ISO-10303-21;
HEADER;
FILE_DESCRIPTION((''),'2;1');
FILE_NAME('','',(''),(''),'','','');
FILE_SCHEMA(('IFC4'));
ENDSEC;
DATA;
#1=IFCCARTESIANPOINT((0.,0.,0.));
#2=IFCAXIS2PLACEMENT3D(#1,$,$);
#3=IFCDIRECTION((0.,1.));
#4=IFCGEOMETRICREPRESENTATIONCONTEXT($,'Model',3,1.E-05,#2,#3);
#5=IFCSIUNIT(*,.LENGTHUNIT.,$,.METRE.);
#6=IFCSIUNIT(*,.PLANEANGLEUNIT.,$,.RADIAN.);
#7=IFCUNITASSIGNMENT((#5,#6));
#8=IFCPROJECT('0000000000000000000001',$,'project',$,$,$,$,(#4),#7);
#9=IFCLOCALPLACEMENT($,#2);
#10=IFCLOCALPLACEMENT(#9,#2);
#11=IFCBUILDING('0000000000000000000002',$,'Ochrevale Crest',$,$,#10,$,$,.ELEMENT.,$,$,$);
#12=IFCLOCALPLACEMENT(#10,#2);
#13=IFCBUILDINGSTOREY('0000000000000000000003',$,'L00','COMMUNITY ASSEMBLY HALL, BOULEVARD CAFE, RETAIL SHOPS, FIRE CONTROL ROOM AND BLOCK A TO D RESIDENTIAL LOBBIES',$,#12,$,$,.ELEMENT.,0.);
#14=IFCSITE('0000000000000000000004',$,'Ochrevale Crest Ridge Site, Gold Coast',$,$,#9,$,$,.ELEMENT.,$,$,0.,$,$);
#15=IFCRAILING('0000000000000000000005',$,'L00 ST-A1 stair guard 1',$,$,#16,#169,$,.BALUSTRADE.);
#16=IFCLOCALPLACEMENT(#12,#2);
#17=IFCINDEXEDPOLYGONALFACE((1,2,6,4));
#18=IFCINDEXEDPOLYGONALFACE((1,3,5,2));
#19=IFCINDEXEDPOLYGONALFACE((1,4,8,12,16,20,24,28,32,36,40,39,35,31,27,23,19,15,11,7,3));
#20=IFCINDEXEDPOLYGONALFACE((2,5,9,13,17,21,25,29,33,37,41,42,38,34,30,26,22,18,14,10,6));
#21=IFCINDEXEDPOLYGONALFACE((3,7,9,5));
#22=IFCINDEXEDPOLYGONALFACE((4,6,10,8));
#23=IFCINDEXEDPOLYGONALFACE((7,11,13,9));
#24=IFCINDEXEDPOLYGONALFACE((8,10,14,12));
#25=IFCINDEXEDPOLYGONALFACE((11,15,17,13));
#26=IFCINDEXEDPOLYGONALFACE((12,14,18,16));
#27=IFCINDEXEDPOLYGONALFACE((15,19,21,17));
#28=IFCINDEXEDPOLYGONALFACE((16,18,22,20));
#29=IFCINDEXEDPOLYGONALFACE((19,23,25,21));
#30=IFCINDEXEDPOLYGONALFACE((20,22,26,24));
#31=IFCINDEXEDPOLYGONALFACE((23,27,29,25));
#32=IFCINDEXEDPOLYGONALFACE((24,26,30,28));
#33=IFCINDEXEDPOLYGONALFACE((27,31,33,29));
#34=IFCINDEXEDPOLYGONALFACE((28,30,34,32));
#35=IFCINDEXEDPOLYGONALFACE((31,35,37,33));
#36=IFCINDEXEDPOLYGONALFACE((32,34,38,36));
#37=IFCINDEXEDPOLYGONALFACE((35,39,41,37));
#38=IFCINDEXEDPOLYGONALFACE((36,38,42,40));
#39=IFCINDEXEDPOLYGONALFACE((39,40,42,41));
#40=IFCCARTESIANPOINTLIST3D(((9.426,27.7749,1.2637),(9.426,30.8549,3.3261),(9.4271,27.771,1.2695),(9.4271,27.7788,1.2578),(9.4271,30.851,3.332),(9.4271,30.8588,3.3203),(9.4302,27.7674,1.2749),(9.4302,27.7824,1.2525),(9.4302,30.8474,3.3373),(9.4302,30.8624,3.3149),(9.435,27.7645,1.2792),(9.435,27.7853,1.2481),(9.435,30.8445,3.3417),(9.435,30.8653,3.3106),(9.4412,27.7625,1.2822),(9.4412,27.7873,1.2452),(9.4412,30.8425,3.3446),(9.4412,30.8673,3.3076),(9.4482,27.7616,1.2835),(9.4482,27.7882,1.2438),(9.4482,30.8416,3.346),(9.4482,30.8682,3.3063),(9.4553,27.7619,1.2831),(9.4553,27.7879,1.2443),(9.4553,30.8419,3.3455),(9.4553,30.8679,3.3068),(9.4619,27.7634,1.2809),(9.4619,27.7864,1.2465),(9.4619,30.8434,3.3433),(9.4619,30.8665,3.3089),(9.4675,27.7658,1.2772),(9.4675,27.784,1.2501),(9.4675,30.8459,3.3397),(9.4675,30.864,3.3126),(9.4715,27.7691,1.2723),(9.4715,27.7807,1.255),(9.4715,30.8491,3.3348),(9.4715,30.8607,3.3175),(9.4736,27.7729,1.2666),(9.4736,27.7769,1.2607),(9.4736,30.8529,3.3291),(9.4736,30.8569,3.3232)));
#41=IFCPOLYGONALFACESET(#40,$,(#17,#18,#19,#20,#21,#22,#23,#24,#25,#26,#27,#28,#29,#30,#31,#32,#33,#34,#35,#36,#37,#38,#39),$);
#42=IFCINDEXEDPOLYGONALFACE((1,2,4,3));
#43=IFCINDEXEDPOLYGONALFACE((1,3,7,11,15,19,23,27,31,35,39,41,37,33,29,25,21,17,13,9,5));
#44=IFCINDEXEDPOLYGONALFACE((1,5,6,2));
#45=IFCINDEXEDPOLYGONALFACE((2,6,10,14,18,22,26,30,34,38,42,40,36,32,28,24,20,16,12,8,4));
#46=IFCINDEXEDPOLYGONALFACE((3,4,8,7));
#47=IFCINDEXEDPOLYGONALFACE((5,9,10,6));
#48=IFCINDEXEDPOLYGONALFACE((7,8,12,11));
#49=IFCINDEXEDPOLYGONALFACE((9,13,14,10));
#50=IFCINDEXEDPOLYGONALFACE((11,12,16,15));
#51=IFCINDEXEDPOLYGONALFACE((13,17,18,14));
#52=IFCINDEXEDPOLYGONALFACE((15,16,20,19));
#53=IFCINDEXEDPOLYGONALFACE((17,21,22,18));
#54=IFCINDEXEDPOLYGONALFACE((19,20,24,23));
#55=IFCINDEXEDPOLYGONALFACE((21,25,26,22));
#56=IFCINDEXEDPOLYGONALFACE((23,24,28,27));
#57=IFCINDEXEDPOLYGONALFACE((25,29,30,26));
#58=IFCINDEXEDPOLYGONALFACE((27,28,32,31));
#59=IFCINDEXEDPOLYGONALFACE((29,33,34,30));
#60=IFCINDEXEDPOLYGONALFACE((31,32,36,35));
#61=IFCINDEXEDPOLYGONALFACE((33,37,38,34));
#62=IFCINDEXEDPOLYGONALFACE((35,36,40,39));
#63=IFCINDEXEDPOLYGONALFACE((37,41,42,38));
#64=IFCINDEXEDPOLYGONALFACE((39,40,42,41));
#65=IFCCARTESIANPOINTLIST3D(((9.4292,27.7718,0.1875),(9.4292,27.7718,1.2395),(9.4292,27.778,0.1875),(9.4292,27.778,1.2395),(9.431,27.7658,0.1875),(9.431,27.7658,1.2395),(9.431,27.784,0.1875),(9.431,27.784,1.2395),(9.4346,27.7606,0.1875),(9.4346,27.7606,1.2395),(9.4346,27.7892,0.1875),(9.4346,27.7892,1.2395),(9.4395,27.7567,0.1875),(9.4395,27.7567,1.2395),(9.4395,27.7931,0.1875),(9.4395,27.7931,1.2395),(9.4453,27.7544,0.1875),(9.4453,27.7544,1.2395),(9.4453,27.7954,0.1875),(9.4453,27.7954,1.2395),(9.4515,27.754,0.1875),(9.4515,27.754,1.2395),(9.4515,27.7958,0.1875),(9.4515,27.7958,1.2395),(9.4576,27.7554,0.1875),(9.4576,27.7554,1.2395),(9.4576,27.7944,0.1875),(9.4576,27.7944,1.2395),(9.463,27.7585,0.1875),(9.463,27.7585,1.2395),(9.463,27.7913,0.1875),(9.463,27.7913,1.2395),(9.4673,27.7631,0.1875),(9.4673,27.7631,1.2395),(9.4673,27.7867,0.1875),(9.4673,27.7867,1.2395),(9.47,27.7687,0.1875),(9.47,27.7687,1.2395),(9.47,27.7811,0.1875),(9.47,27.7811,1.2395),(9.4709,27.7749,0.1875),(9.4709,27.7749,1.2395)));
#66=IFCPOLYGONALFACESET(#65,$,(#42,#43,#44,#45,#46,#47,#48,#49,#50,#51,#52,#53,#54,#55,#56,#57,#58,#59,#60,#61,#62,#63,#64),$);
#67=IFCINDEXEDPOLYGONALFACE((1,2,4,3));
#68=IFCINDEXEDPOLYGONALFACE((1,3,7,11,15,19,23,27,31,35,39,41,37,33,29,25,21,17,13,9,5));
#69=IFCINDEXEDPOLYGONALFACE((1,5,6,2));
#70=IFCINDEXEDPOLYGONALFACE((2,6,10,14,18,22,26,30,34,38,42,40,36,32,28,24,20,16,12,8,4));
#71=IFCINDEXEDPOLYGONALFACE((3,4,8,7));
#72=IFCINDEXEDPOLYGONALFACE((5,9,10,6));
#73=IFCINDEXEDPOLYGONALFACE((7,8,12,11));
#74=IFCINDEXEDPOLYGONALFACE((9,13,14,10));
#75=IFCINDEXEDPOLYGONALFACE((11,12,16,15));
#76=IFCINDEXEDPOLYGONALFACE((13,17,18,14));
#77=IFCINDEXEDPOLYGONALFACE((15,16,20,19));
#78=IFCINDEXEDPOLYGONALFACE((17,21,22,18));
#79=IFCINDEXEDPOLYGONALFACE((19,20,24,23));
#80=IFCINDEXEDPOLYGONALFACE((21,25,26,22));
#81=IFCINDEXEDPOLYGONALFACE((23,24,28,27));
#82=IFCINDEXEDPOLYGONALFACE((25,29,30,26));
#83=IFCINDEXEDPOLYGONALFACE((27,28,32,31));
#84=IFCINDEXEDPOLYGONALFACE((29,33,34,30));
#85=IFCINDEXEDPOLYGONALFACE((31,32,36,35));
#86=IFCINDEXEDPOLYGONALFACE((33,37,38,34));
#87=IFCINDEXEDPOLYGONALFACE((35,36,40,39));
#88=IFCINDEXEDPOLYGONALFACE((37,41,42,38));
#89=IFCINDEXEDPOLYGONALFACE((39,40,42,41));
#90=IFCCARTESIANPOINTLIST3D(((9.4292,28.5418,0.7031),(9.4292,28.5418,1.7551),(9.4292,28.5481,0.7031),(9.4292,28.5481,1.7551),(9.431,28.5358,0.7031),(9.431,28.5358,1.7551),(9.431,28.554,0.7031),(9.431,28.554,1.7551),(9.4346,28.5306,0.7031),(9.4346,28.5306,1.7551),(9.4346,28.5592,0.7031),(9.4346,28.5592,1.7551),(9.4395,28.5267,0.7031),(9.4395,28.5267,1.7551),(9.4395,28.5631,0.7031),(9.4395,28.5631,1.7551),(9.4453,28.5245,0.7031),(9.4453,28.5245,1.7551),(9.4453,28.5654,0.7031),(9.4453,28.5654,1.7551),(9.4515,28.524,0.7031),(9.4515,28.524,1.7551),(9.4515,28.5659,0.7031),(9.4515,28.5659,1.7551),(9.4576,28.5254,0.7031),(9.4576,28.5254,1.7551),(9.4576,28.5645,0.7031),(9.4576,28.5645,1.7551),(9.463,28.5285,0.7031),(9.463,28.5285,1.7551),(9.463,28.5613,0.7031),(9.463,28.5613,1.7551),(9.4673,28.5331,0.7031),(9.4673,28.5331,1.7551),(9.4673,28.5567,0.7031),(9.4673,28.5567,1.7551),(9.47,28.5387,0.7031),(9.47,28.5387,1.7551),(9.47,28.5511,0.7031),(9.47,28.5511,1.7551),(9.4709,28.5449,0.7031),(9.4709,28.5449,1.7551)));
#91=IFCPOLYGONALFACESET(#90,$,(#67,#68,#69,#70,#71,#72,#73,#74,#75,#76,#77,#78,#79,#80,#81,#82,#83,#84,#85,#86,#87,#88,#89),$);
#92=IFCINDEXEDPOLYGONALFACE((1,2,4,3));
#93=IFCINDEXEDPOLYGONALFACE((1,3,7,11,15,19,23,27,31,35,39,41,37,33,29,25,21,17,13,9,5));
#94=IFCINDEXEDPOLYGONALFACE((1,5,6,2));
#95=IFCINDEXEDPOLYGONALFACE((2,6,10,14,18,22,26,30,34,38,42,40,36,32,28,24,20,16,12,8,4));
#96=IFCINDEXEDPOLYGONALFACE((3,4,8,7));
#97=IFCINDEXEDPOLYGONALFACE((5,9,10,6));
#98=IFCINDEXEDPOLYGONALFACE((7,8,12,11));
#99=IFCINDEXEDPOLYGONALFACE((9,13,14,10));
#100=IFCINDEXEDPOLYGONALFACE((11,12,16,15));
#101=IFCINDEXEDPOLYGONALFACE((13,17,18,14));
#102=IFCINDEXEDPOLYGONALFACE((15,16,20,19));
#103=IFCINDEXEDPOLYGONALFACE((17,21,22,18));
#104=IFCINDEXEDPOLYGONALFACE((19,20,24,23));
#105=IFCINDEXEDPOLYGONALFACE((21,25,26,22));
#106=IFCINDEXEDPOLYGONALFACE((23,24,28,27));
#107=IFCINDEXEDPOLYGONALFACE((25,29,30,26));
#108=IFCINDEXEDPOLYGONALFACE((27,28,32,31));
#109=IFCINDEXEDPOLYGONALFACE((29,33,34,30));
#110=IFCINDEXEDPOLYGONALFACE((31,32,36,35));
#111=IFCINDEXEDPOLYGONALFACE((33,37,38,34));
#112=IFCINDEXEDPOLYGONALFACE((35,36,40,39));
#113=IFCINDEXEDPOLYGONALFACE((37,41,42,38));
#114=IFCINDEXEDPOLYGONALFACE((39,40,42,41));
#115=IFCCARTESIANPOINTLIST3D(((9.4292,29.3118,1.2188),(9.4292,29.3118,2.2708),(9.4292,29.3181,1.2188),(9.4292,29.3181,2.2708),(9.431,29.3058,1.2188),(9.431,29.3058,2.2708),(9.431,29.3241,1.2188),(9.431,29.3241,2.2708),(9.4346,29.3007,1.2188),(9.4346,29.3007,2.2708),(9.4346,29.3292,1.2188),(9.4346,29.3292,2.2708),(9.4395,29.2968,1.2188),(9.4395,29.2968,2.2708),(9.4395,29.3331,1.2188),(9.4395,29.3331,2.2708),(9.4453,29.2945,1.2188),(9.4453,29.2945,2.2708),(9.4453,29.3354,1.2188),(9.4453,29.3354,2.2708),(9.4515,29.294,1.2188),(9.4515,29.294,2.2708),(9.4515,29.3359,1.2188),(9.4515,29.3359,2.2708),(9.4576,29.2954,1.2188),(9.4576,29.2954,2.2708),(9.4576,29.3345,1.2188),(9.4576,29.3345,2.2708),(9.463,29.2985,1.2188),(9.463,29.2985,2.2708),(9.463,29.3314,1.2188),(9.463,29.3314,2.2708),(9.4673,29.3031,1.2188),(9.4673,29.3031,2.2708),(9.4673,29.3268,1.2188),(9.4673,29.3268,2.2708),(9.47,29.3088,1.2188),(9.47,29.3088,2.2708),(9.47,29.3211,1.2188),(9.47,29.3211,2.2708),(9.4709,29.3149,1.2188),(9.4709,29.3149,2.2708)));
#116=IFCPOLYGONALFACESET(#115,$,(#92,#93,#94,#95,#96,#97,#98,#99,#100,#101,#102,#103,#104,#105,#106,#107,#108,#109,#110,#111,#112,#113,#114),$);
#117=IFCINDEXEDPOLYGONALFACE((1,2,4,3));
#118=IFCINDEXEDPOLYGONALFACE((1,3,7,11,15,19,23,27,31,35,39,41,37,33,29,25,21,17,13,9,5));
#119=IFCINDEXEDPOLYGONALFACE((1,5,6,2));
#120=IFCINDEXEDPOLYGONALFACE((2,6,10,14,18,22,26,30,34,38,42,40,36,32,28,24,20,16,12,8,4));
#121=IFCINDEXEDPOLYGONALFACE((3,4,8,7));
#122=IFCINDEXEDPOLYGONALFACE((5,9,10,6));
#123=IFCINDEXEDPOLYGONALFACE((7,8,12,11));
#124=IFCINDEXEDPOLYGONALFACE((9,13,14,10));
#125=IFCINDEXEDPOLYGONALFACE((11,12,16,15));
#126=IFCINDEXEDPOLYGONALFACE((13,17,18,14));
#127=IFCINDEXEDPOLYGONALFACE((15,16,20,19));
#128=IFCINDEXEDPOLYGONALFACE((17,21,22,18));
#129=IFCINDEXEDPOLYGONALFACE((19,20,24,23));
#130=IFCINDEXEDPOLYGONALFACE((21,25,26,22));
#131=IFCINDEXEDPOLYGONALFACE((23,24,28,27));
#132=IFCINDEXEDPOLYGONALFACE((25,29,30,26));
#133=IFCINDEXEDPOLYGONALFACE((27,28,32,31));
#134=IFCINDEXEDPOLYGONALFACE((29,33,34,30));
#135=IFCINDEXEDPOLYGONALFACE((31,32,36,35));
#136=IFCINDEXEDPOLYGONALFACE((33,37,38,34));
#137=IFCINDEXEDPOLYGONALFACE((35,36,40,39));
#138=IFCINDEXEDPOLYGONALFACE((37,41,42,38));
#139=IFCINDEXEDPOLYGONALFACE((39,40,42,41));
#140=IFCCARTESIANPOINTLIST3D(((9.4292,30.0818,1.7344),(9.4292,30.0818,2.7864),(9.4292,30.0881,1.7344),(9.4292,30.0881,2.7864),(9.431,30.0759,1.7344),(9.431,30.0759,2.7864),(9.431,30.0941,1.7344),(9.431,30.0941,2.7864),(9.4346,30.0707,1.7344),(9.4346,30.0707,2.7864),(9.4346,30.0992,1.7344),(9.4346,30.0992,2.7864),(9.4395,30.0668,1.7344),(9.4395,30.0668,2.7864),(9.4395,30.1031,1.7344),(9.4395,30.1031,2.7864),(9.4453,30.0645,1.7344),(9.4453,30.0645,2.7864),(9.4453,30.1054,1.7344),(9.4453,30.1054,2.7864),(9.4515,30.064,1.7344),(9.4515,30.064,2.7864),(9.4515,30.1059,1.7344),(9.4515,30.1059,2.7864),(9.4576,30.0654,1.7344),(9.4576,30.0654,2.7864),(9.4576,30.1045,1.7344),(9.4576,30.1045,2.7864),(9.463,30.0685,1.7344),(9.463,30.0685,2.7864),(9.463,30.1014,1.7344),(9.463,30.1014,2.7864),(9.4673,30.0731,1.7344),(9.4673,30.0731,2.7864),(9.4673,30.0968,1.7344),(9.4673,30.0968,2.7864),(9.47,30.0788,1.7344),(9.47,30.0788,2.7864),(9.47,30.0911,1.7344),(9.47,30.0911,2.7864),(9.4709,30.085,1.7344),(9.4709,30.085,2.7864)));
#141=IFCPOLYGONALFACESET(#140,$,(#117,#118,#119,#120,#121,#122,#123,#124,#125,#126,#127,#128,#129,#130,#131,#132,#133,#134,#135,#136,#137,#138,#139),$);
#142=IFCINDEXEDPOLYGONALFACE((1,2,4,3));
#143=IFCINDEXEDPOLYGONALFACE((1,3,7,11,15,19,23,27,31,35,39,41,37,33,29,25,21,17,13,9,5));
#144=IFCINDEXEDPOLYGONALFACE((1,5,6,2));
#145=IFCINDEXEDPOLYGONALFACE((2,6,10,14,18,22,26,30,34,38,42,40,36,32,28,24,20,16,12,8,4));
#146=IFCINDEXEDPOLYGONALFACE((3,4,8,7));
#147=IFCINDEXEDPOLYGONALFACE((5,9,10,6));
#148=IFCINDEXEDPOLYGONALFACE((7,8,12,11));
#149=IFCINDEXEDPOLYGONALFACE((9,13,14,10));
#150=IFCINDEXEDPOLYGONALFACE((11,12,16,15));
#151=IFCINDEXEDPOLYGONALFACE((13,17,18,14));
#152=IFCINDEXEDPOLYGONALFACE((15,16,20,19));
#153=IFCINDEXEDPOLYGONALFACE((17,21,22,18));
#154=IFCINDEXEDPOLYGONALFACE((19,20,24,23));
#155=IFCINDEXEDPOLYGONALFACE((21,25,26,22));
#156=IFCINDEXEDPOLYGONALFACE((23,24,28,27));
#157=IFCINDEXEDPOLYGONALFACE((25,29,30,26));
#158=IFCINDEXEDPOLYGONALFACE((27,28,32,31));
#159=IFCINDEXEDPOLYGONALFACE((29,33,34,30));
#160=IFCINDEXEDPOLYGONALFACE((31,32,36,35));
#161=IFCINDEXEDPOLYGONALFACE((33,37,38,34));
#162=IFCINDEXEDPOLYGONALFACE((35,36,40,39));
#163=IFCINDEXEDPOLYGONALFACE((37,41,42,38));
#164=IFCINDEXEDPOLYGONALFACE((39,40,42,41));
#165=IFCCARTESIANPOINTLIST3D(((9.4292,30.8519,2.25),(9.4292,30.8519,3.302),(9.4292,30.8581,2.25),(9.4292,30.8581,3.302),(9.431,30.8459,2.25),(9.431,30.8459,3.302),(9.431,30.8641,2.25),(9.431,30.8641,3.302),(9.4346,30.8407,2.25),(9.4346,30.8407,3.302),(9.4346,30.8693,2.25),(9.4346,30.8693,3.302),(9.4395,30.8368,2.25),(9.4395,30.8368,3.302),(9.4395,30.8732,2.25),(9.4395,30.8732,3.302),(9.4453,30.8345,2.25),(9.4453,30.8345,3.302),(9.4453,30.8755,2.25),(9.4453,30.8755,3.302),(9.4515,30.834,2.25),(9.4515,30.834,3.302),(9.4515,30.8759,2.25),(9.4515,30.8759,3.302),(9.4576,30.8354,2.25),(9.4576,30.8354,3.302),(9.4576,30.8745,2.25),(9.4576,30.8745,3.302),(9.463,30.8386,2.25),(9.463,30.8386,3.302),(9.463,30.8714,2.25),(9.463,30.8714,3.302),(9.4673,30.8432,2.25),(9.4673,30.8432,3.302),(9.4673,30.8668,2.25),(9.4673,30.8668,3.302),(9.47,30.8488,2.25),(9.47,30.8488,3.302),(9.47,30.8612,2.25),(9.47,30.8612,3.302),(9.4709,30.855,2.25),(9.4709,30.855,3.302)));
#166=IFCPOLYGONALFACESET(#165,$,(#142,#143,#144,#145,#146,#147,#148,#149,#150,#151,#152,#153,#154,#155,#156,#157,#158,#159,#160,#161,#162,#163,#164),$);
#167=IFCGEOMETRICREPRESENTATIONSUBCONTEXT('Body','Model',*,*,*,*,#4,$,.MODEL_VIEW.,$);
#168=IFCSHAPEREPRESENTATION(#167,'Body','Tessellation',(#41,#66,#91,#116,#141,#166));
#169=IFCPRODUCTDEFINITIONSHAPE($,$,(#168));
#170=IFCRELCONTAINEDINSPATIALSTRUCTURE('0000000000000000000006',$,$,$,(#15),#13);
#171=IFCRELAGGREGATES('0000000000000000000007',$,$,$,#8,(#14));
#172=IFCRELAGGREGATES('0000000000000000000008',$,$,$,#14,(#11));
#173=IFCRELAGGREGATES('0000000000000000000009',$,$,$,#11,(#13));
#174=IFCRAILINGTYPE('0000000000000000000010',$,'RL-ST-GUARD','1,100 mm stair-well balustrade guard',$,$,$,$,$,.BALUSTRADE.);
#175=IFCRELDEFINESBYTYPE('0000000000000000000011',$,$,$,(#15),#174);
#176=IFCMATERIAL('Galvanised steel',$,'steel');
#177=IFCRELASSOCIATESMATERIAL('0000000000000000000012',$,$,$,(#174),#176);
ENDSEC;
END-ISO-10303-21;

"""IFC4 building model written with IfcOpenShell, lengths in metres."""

from ifc_helpers import new_model, si_unit, direction, frame, origin, origin_2d, place, context, subcontext, project, spatial, circle, extrude, material, type_object, element, save


model = new_model("IFC4")

# Units and contexts
model_context = context("Model", 3, precision=1e-05, world=origin(), true_north=direction((0.0, 1.0)))
body_context = subcontext(model_context, "Body", "Model", "MODEL_VIEW")
ifc_project = project(units=[si_unit("LENGTHUNIT", "METRE"), si_unit("PLANEANGLEUNIT", "RADIAN")], contexts=[model_context])

# Site, building, storey
site_placement = place(None, origin())
site = spatial("IfcSite", under=ifc_project, at=site_placement, Name="Ochrevale Crest Ridge Site, Gold Coast", CompositionType="ELEMENT", RefElevation=0.0)
building_placement = place(site_placement, origin())
building = spatial("IfcBuilding", under=site, at=building_placement, Name="Ochrevale Crest", CompositionType="ELEMENT")
storey_placement = place(building_placement, origin())
storey = spatial("IfcBuildingStorey", under=building, at=storey_placement, Name="L00", Description="COMMUNITY ASSEMBLY HALL, BOULEVARD CAFE, RETAIL SHOPS, FIRE CONTROL ROOM AND BLOCK A TO D RESIDENTIAL LOBBIES", CompositionType="ELEMENT", Elevation=0.0)

# Railing
ifc_material_1 = material(Name="Galvanised steel", Category="steel")
railing_type_1 = type_object("IfcRailingType", Name="RL-ST-GUARD", Description="1,100 mm stair-well balustrade guard", PredefinedType="BALUSTRADE", material=ifc_material_1)
railing_1_placement = place(storey_placement, frame((9.45, 27.7749, 0.1875)))
element("IfcRailing", 1, at=railing_1_placement, inside=storey, type_object=railing_type_1, Name="L00 ST-A1 stair guard 1", PredefinedType="BALUSTRADE", context=body_context, shape_type="SweptSolid", body=[
    extrude(circle(Radius=0.0239, at=origin_2d()), frame((0.0, 0.0, 1.0762), z_axis=(0.0, 0.830914, 0.556401), x_axis=(-1.0, 0.0, 0.0)), (0.0, 0.0, 1.0), 3.7068),
    extrude(circle(Radius=0.021, at=origin_2d()), origin(), (0.0, 0.0, 1.0), 1.052),
    extrude(circle(Radius=0.021, at=origin_2d()), frame((0.0, 0.77, 0.5156)), (0.0, 0.0, 1.0), 1.052),
    extrude(circle(Radius=0.021, at=origin_2d()), frame((0.0, 1.54, 1.0312)), (0.0, 0.0, 1.0), 1.052),
    extrude(circle(Radius=0.021, at=origin_2d()), frame((0.0, 2.3101, 1.5469)), (0.0, 0.0, 1.0), 1.052),
    extrude(circle(Radius=0.021, at=origin_2d()), frame((0.0, 3.0801, 2.0625)), (0.0, 0.0, 1.0), 1.052),
])

save(model, "model.ifc")
